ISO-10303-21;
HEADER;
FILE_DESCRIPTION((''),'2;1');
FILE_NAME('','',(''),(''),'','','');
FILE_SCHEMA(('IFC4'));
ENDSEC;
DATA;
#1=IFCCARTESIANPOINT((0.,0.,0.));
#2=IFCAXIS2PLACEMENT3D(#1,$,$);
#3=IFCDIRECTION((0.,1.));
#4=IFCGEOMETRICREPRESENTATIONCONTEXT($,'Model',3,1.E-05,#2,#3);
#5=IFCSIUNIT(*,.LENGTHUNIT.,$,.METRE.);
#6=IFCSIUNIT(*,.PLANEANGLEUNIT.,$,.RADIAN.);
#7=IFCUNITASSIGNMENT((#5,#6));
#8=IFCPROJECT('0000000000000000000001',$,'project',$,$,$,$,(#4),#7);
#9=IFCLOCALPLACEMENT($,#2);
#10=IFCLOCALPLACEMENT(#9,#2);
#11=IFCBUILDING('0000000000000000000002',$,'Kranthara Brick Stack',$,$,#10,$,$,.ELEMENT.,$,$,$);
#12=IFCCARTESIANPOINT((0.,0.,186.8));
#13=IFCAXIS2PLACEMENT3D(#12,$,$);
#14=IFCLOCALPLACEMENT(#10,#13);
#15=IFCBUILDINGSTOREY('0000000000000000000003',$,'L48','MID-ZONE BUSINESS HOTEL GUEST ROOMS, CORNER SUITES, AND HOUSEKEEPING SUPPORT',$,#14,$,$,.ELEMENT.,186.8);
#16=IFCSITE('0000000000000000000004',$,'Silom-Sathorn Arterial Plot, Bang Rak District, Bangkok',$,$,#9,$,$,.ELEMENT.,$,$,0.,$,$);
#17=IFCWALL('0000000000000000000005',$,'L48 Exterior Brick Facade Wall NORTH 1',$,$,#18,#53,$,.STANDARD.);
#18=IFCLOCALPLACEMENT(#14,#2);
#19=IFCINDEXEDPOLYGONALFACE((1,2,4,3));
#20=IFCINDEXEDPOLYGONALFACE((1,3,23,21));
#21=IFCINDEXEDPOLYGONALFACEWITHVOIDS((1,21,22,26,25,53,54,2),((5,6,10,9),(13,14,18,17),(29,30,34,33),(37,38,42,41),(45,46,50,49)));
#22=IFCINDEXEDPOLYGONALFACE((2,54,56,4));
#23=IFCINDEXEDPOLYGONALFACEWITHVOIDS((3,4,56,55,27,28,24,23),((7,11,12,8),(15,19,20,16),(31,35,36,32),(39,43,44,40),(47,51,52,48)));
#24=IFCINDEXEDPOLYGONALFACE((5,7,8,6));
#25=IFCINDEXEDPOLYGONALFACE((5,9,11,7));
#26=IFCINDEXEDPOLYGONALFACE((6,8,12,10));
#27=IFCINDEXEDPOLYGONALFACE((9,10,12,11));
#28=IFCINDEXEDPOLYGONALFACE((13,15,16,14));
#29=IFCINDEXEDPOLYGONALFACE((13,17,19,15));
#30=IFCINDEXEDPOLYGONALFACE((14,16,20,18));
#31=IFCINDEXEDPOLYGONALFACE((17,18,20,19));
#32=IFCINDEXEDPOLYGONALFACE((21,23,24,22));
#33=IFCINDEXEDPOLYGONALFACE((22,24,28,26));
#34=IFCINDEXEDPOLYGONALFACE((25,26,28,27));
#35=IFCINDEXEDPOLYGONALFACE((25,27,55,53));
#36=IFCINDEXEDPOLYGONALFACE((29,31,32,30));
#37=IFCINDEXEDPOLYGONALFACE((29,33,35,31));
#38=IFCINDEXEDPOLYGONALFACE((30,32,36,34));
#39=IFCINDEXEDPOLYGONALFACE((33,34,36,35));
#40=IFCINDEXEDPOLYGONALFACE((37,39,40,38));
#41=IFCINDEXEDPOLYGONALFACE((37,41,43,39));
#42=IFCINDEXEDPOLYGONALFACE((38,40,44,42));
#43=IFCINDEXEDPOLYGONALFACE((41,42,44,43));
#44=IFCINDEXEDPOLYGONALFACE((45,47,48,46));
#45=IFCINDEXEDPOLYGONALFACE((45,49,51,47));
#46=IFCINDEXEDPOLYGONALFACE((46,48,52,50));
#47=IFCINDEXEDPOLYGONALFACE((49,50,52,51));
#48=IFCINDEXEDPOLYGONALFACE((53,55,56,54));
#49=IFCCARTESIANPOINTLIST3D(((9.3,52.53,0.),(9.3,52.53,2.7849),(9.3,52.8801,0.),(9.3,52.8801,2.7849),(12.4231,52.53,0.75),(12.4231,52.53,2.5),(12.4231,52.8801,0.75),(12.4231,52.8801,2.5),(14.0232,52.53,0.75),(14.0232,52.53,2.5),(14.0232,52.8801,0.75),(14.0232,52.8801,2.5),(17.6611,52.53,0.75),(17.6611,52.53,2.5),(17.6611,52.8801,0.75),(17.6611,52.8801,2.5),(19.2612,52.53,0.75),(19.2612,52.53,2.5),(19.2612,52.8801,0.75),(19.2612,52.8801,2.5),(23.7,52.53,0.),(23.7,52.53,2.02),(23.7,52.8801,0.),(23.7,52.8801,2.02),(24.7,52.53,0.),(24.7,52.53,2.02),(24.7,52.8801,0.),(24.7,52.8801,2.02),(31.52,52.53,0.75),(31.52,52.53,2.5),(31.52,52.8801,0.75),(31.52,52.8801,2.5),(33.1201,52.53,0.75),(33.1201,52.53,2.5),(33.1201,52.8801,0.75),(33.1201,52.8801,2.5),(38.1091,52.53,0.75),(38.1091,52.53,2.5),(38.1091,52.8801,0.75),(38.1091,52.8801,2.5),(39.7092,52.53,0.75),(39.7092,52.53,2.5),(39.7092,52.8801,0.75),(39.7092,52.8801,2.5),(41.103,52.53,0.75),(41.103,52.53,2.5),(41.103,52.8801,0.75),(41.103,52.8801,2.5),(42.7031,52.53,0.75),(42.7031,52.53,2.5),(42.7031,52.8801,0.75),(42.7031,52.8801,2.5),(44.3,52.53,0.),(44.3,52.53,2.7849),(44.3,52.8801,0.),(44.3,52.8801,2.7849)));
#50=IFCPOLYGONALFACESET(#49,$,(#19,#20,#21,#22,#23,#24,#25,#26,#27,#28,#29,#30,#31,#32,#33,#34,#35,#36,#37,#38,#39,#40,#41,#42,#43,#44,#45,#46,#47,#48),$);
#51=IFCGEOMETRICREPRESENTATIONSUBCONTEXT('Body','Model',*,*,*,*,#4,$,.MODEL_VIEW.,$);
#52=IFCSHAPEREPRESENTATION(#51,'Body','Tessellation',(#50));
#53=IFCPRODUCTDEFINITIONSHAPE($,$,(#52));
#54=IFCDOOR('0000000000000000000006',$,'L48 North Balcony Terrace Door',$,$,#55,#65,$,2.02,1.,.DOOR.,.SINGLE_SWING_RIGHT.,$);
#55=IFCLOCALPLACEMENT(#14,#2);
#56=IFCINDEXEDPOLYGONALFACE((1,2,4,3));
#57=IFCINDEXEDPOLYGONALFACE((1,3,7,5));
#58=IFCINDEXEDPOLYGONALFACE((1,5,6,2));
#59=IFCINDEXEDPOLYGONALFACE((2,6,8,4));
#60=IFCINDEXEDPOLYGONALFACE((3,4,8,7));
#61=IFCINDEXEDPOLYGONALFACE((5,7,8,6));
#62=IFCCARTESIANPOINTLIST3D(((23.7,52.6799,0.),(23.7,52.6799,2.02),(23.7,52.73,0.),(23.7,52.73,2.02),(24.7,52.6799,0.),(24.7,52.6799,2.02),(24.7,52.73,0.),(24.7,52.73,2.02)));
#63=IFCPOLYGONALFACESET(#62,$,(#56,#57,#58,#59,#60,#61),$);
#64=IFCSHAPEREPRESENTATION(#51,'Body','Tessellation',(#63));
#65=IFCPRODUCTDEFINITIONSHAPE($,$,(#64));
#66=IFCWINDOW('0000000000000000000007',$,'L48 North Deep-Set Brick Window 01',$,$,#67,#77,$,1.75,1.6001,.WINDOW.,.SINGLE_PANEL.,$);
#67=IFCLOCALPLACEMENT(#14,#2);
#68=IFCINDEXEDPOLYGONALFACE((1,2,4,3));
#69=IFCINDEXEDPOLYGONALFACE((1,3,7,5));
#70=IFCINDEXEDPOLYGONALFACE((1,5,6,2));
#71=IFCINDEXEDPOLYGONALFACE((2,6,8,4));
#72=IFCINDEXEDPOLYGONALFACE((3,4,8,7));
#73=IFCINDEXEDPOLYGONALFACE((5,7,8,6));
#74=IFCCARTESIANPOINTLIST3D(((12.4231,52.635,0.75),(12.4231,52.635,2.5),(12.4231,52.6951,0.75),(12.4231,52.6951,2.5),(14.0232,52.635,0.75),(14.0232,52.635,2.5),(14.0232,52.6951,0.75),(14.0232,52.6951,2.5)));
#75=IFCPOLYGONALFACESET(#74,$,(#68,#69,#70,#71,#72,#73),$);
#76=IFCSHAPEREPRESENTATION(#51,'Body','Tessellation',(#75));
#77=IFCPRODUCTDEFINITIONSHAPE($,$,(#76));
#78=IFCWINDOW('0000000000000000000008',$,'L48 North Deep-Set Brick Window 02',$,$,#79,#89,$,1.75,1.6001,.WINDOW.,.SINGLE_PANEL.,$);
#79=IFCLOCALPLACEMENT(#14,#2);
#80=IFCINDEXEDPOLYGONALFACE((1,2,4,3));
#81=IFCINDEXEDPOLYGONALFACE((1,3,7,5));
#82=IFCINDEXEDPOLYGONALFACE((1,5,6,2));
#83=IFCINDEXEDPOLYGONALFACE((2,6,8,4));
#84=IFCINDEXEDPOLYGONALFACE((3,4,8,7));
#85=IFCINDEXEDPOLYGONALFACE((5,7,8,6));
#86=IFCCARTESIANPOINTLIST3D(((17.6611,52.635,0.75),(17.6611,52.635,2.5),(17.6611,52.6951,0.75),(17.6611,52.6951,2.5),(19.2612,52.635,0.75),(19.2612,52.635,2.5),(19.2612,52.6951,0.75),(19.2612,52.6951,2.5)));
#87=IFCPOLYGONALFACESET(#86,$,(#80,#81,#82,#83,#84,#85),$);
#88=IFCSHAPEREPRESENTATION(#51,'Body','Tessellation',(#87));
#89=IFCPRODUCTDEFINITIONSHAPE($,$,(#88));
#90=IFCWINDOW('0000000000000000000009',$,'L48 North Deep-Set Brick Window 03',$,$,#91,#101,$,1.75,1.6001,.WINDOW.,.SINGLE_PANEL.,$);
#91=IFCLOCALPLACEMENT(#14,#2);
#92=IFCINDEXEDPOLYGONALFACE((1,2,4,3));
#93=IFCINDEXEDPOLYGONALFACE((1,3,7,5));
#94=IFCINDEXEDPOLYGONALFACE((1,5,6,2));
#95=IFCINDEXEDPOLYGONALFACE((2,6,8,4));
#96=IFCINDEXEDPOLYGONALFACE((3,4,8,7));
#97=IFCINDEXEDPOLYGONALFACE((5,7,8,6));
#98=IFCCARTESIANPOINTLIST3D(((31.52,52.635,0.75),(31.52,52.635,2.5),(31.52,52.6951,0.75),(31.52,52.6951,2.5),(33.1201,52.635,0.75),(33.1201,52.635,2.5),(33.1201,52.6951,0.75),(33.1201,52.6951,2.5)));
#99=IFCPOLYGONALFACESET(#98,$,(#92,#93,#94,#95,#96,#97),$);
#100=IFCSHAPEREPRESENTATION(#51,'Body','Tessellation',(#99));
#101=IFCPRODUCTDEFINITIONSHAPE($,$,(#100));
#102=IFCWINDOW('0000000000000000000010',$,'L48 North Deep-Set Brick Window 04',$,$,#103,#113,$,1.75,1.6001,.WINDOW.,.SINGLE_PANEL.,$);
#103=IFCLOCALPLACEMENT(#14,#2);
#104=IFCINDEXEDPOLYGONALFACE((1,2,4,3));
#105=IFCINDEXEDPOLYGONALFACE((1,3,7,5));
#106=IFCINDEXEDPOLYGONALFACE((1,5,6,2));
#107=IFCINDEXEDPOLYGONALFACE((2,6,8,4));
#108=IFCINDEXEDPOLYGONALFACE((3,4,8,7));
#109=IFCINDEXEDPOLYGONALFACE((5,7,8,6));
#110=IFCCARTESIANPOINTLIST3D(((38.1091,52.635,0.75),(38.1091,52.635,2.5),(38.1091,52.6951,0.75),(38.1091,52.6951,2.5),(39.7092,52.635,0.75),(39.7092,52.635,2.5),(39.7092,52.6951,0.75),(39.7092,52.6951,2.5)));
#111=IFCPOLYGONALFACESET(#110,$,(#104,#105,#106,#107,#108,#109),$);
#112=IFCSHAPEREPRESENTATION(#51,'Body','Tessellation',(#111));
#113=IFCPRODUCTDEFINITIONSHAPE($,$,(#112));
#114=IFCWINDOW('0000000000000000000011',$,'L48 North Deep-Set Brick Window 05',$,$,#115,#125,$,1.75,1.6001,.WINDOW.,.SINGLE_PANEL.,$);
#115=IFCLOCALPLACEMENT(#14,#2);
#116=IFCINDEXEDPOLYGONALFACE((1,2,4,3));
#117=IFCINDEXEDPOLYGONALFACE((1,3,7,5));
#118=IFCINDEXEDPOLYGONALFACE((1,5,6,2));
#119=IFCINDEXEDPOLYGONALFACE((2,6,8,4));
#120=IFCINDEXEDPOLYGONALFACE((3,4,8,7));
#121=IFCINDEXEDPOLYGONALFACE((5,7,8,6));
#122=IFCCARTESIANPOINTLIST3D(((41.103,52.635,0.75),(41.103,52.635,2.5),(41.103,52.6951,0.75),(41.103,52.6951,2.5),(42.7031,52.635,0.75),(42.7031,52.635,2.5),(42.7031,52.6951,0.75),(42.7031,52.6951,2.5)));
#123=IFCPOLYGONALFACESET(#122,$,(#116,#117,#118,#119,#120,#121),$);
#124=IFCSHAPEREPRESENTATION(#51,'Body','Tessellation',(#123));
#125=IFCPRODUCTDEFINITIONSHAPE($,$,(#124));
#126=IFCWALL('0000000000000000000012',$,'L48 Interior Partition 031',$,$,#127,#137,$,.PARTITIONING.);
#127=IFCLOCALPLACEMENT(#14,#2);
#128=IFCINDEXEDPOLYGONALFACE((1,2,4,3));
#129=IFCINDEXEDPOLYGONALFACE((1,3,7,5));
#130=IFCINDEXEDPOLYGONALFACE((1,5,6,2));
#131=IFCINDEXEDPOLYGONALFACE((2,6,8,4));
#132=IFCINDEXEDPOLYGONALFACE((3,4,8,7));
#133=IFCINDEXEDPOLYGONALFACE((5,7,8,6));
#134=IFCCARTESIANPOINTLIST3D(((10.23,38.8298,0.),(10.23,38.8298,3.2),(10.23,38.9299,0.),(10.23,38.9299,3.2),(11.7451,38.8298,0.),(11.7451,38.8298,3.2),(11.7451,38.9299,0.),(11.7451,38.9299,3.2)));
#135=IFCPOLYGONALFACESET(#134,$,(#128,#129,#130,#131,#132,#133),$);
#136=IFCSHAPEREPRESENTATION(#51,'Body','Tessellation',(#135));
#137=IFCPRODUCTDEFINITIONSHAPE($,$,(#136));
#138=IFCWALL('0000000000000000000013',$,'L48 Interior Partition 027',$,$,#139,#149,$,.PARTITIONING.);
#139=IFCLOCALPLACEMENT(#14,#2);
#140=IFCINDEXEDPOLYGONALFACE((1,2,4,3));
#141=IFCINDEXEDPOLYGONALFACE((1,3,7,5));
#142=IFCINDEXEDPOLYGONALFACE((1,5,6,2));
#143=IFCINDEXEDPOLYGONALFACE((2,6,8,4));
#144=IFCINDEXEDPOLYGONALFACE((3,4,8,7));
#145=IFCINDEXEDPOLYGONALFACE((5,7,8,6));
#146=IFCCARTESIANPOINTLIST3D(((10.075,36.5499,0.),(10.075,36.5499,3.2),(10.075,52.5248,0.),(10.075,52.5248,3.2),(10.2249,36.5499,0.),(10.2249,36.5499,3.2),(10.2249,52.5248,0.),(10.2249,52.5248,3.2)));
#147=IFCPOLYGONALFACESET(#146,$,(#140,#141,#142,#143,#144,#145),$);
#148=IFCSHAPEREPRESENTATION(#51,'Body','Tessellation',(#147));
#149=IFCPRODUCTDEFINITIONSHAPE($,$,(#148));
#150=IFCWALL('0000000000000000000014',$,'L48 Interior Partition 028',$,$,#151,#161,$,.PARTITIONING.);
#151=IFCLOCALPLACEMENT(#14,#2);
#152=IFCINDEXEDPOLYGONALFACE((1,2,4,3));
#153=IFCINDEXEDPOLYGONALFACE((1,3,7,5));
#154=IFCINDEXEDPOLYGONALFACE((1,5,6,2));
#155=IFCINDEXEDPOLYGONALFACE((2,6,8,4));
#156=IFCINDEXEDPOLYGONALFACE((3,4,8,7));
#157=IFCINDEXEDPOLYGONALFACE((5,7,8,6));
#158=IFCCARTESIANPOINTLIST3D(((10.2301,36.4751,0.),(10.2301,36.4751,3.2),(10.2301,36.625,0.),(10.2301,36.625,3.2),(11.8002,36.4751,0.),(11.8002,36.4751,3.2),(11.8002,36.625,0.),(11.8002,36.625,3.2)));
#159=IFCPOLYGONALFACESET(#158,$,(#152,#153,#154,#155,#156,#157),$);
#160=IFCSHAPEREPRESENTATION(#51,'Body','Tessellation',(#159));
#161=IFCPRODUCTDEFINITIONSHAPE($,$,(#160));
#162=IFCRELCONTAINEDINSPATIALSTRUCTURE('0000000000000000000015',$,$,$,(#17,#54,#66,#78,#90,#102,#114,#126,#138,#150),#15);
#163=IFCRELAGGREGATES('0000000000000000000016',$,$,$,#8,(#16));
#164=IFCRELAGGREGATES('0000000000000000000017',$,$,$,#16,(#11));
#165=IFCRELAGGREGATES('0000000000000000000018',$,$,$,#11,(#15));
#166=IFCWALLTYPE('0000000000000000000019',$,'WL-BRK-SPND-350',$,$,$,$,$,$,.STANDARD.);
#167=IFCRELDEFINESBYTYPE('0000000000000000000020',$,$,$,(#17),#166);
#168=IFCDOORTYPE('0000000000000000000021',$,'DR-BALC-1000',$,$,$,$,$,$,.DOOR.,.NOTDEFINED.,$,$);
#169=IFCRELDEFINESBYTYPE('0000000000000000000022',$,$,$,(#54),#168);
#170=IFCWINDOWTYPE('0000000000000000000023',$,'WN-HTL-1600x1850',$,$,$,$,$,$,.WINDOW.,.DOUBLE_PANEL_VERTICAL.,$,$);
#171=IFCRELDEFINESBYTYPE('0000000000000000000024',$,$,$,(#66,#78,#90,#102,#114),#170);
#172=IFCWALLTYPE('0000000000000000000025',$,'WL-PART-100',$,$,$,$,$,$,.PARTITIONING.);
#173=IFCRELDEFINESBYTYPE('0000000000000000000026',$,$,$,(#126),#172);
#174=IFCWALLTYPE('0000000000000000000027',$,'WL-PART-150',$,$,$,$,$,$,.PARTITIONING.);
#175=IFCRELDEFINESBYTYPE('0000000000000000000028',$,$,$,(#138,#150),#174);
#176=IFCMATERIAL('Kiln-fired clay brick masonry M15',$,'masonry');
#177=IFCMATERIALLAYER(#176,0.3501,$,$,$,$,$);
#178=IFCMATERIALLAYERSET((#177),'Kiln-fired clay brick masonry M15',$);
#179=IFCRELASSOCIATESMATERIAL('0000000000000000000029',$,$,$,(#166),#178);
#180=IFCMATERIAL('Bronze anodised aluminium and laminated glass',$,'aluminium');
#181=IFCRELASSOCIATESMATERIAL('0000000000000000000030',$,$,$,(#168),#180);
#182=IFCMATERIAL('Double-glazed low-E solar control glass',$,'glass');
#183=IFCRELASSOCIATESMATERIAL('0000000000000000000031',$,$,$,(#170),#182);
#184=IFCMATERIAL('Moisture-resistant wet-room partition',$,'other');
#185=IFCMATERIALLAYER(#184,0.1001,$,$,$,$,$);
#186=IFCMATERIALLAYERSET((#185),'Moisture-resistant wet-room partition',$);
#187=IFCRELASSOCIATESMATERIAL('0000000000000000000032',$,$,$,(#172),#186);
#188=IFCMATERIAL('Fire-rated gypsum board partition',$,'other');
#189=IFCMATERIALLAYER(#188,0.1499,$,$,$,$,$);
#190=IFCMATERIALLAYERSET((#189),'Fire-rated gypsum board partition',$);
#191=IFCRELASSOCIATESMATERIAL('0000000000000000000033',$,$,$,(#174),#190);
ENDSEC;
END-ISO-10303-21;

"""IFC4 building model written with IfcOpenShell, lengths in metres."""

from ifc_helpers import new_model, si_unit, direction, frame, frame_2d, origin, place, context, subcontext, project, spatial, rectangle, extrude, material, layer, layer_set, type_object, element, fill, save


model = new_model("IFC4")

# Units and contexts
model_context = context("Model", 3, precision=1e-05, world=origin(), true_north=direction((0.0, 1.0)))
body_context = subcontext(model_context, "Body", "Model", "MODEL_VIEW")
ifc_project = project(units=[si_unit("LENGTHUNIT", "METRE"), si_unit("PLANEANGLEUNIT", "RADIAN")], contexts=[model_context])

# Site, building, storey
site_placement = place(None, origin())
site = spatial("IfcSite", under=ifc_project, at=site_placement, Name="Silom-Sathorn Arterial Plot, Bang Rak District, Bangkok", CompositionType="ELEMENT", RefElevation=0.0)
building_placement = place(site_placement, origin())
building = spatial("IfcBuilding", under=site, at=building_placement, Name="Kranthara Brick Stack", CompositionType="ELEMENT")
storey_placement = place(building_placement, frame((0.0, 0.0, 186.8)))
storey = spatial("IfcBuildingStorey", under=building, at=storey_placement, Name="L48", Description="MID-ZONE BUSINESS HOTEL GUEST ROOMS, CORNER SUITES, AND HOUSEKEEPING SUPPORT", CompositionType="ELEMENT", Elevation=186.8)

# Shared definitions
ifc_material_1 = material(Name="Kiln-fired clay brick masonry M15", Category="masonry")
ifc_layer_1 = layer(ifc_material_1, 0.3501)
ifc_layer_set_1 = layer_set([ifc_layer_1], Name="Kiln-fired clay brick masonry M15")
wall_type_1 = type_object("IfcWallType", Name="WL-BRK-SPND-350", PredefinedType="STANDARD", material=ifc_layer_set_1)

# Wall, openings, door, windows
wall_1_placement = place(storey_placement, frame((9.3, 52.7051, 0.0), z_axis=(0.0, 0.0, 1.0), x_axis=(1.0, 0.0, 0.0)))
wall_1 = element("IfcWall", 1, at=wall_1_placement, inside=storey, type_object=wall_type_1, Name="L48 Exterior Brick Facade Wall NORTH 1", PredefinedType="STANDARD", context=body_context, shape_type="SweptSolid", body=[
    extrude(rectangle(XDim=35.0, YDim=0.3501, at=frame_2d((17.5, 0.0))), origin(), (0.0, 0.0, 1.0), 2.7849),
])
opening_1_placement = place(wall_1_placement, frame((14.3999, 0.0, 0.0)))
opening_1 = element("IfcOpeningElement", 2, at=opening_1_placement, cuts=wall_1, PredefinedType="OPENING", context=body_context, shape_type="SweptSolid", body=[
    extrude(rectangle(XDim=1.0, YDim=2.02, at=frame_2d((0.5, 1.01))), frame((0.0, 0.1851, 0.0), z_axis=(0.0, -1.0, 0.0), x_axis=(1.0, 0.0, 0.0)), (0.0, 0.0, 1.0), 0.3701),
])
opening_2_placement = place(wall_1_placement, frame((3.123, 0.0, 0.75)))
opening_2 = element("IfcOpeningElement", 3, at=opening_2_placement, cuts=wall_1, PredefinedType="OPENING", context=body_context, shape_type="SweptSolid", body=[
    extrude(rectangle(XDim=1.6001, YDim=1.75, at=frame_2d((0.8, 0.875))), frame((0.0, 0.1851, 0.0), z_axis=(0.0, -1.0, 0.0), x_axis=(1.0, 0.0, 0.0)), (0.0, 0.0, 1.0), 0.3701),
])
opening_3_placement = place(wall_1_placement, frame((8.3611, 0.0, 0.75)))
opening_3 = element("IfcOpeningElement", 4, at=opening_3_placement, cuts=wall_1, PredefinedType="OPENING", context=body_context, shape_type="SweptSolid", body=[
    extrude(rectangle(XDim=1.6001, YDim=1.75, at=frame_2d((0.8, 0.875))), frame((0.0, 0.1851, 0.0), z_axis=(0.0, -1.0, 0.0), x_axis=(1.0, 0.0, 0.0)), (0.0, 0.0, 1.0), 0.3701),
])
opening_4_placement = place(wall_1_placement, frame((22.22, 0.0, 0.75)))
opening_4 = element("IfcOpeningElement", 5, at=opening_4_placement, cuts=wall_1, PredefinedType="OPENING", context=body_context, shape_type="SweptSolid", body=[
    extrude(rectangle(XDim=1.6001, YDim=1.75, at=frame_2d((0.8, 0.875))), frame((0.0, 0.1851, 0.0), z_axis=(0.0, -1.0, 0.0), x_axis=(1.0, 0.0, 0.0)), (0.0, 0.0, 1.0), 0.3701),
])
opening_5_placement = place(wall_1_placement, frame((28.8091, 0.0, 0.75)))
opening_5 = element("IfcOpeningElement", 6, at=opening_5_placement, cuts=wall_1, PredefinedType="OPENING", context=body_context, shape_type="SweptSolid", body=[
    extrude(rectangle(XDim=1.6001, YDim=1.75, at=frame_2d((0.8, 0.875))), frame((0.0, 0.1851, 0.0), z_axis=(0.0, -1.0, 0.0), x_axis=(1.0, 0.0, 0.0)), (0.0, 0.0, 1.0), 0.3701),
])
opening_6_placement = place(wall_1_placement, frame((31.803, 0.0, 0.75)))
opening_6 = element("IfcOpeningElement", 7, at=opening_6_placement, cuts=wall_1, PredefinedType="OPENING", context=body_context, shape_type="SweptSolid", body=[
    extrude(rectangle(XDim=1.6001, YDim=1.75, at=frame_2d((0.8, 0.875))), frame((0.0, 0.1851, 0.0), z_axis=(0.0, -1.0, 0.0), x_axis=(1.0, 0.0, 0.0)), (0.0, 0.0, 1.0), 0.3701),
])
ifc_material_2 = material(Name="Bronze anodised aluminium and laminated glass", Category="aluminium")
door_type = type_object("IfcDoorType", Name="DR-BALC-1000", OperationType="NOTDEFINED", PredefinedType="DOOR", material=ifc_material_2)
door_placement = place(opening_1_placement, origin())
door = element("IfcDoor", 8, at=door_placement, inside=storey, type_object=door_type, Name="L48 North Balcony Terrace Door", OperationType="SINGLE_SWING_RIGHT", OverallHeight=2.02, OverallWidth=1.0, PredefinedType="DOOR", context=body_context, shape_type="SweptSolid", body=[
    extrude(rectangle(XDim=1.0, YDim=2.02, at=frame_2d((0.5, 1.01))), frame((0.0, 0.0249, 0.0), z_axis=(0.0, -1.0, 0.0), x_axis=(1.0, 0.0, 0.0)), (0.0, 0.0, 1.0), 0.05),
])
fill(opening_1, door)
ifc_material_3 = material(Name="Double-glazed low-E solar control glass", Category="glass")
window_type_1 = type_object("IfcWindowType", Name="WN-HTL-1600x1850", PartitioningType="DOUBLE_PANEL_VERTICAL", PredefinedType="WINDOW", material=ifc_material_3)
window_1_placement = place(opening_2_placement, origin())
window_1 = element("IfcWindow", 9, at=window_1_placement, inside=storey, type_object=window_type_1, Name="L48 North Deep-Set Brick Window 01", OverallHeight=1.75, OverallWidth=1.6001, PartitioningType="SINGLE_PANEL", PredefinedType="WINDOW", context=body_context, shape_type="SweptSolid", body=[
    extrude(rectangle(XDim=1.6001, YDim=1.75, at=frame_2d((0.8, 0.875))), frame((0.0, -0.01, 0.0), z_axis=(0.0, -1.0, 0.0), x_axis=(1.0, 0.0, 0.0)), (0.0, 0.0, 1.0), 0.0601),
])
fill(opening_2, window_1)
window_2_placement = place(opening_3_placement, origin())
window_2 = element("IfcWindow", 10, at=window_2_placement, inside=storey, type_object=window_type_1, Name="L48 North Deep-Set Brick Window 02", OverallHeight=1.75, OverallWidth=1.6001, PartitioningType="SINGLE_PANEL", PredefinedType="WINDOW", context=body_context, shape_type="SweptSolid", body=[
    extrude(rectangle(XDim=1.6001, YDim=1.75, at=frame_2d((0.8, 0.875))), frame((0.0, -0.01, 0.0), z_axis=(0.0, -1.0, 0.0), x_axis=(1.0, 0.0, 0.0)), (0.0, 0.0, 1.0), 0.0601),
])
fill(opening_3, window_2)
window_3_placement = place(opening_4_placement, origin())
window_3 = element("IfcWindow", 11, at=window_3_placement, inside=storey, type_object=window_type_1, Name="L48 North Deep-Set Brick Window 03", OverallHeight=1.75, OverallWidth=1.6001, PartitioningType="SINGLE_PANEL", PredefinedType="WINDOW", context=body_context, shape_type="SweptSolid", body=[
    extrude(rectangle(XDim=1.6001, YDim=1.75, at=frame_2d((0.8, 0.875))), frame((0.0, -0.01, 0.0), z_axis=(0.0, -1.0, 0.0), x_axis=(1.0, 0.0, 0.0)), (0.0, 0.0, 1.0), 0.0601),
])
fill(opening_4, window_3)
window_4_placement = place(opening_5_placement, origin())
window_4 = element("IfcWindow", 12, at=window_4_placement, inside=storey, type_object=window_type_1, Name="L48 North Deep-Set Brick Window 04", OverallHeight=1.75, OverallWidth=1.6001, PartitioningType="SINGLE_PANEL", PredefinedType="WINDOW", context=body_context, shape_type="SweptSolid", body=[
    extrude(rectangle(XDim=1.6001, YDim=1.75, at=frame_2d((0.8, 0.875))), frame((0.0, -0.01, 0.0), z_axis=(0.0, -1.0, 0.0), x_axis=(1.0, 0.0, 0.0)), (0.0, 0.0, 1.0), 0.0601),
])
fill(opening_5, window_4)
window_5_placement = place(opening_6_placement, origin())
window_5 = element("IfcWindow", 13, at=window_5_placement, inside=storey, type_object=window_type_1, Name="L48 North Deep-Set Brick Window 05", OverallHeight=1.75, OverallWidth=1.6001, PartitioningType="SINGLE_PANEL", PredefinedType="WINDOW", context=body_context, shape_type="SweptSolid", body=[
    extrude(rectangle(XDim=1.6001, YDim=1.75, at=frame_2d((0.8, 0.875))), frame((0.0, -0.01, 0.0), z_axis=(0.0, -1.0, 0.0), x_axis=(1.0, 0.0, 0.0)), (0.0, 0.0, 1.0), 0.0601),
])
fill(opening_6, window_5)

# Walls
ifc_material_4 = material(Name="Moisture-resistant wet-room partition", Category="other")
ifc_layer_2 = layer(ifc_material_4, 0.1001)
ifc_layer_set_2 = layer_set([ifc_layer_2], Name="Moisture-resistant wet-room partition")
wall_type_2 = type_object("IfcWallType", Name="WL-PART-100", PredefinedType="PARTITIONING", material=ifc_layer_set_2)
wall_2_placement = place(storey_placement, frame((10.23, 38.8799, 0.0), z_axis=(0.0, 0.0, 1.0), x_axis=(1.0, 0.0, 0.0)))
element("IfcWall", 14, at=wall_2_placement, inside=storey, type_object=wall_type_2, Name="L48 Interior Partition 031", PredefinedType="PARTITIONING", context=body_context, shape_type="SweptSolid", body=[
    extrude(rectangle(XDim=1.5151, YDim=0.1001, at=frame_2d((0.7576, 0.0))), origin(), (0.0, 0.0, 1.0), 3.2),
])
ifc_material_5 = material(Name="Fire-rated gypsum board partition", Category="other")
ifc_layer_3 = layer(ifc_material_5, 0.1499)
ifc_layer_set_3 = layer_set([ifc_layer_3], Name="Fire-rated gypsum board partition")
wall_type_3 = type_object("IfcWallType", Name="WL-PART-150", PredefinedType="PARTITIONING", material=ifc_layer_set_3)
wall_3_placement = place(storey_placement, frame((10.1499, 36.55, 0.0), z_axis=(0.0, 0.0, 1.0), x_axis=(0.0, 1.0, 0.0)))
element("IfcWall", 15, at=wall_3_placement, inside=storey, type_object=wall_type_3, Name="L48 Interior Partition 027", PredefinedType="PARTITIONING", context=body_context, shape_type="SweptSolid", body=[
    extrude(rectangle(XDim=15.9749, YDim=0.1499, at=frame_2d((7.9873, 0.0))), origin(), (0.0, 0.0, 1.0), 3.2),
])
wall_4_placement = place(storey_placement, frame((10.23, 36.55, 0.0), z_axis=(0.0, 0.0, 1.0), x_axis=(1.0, 0.0, 0.0)))
element("IfcWall", 16, at=wall_4_placement, inside=storey, type_object=wall_type_3, Name="L48 Interior Partition 028", PredefinedType="PARTITIONING", context=body_context, shape_type="SweptSolid", body=[
    extrude(rectangle(XDim=1.5701, YDim=0.1499, at=frame_2d((0.7852, 0.0))), origin(), (0.0, 0.0, 1.0), 3.2),
])

save(model, "model.ifc")
